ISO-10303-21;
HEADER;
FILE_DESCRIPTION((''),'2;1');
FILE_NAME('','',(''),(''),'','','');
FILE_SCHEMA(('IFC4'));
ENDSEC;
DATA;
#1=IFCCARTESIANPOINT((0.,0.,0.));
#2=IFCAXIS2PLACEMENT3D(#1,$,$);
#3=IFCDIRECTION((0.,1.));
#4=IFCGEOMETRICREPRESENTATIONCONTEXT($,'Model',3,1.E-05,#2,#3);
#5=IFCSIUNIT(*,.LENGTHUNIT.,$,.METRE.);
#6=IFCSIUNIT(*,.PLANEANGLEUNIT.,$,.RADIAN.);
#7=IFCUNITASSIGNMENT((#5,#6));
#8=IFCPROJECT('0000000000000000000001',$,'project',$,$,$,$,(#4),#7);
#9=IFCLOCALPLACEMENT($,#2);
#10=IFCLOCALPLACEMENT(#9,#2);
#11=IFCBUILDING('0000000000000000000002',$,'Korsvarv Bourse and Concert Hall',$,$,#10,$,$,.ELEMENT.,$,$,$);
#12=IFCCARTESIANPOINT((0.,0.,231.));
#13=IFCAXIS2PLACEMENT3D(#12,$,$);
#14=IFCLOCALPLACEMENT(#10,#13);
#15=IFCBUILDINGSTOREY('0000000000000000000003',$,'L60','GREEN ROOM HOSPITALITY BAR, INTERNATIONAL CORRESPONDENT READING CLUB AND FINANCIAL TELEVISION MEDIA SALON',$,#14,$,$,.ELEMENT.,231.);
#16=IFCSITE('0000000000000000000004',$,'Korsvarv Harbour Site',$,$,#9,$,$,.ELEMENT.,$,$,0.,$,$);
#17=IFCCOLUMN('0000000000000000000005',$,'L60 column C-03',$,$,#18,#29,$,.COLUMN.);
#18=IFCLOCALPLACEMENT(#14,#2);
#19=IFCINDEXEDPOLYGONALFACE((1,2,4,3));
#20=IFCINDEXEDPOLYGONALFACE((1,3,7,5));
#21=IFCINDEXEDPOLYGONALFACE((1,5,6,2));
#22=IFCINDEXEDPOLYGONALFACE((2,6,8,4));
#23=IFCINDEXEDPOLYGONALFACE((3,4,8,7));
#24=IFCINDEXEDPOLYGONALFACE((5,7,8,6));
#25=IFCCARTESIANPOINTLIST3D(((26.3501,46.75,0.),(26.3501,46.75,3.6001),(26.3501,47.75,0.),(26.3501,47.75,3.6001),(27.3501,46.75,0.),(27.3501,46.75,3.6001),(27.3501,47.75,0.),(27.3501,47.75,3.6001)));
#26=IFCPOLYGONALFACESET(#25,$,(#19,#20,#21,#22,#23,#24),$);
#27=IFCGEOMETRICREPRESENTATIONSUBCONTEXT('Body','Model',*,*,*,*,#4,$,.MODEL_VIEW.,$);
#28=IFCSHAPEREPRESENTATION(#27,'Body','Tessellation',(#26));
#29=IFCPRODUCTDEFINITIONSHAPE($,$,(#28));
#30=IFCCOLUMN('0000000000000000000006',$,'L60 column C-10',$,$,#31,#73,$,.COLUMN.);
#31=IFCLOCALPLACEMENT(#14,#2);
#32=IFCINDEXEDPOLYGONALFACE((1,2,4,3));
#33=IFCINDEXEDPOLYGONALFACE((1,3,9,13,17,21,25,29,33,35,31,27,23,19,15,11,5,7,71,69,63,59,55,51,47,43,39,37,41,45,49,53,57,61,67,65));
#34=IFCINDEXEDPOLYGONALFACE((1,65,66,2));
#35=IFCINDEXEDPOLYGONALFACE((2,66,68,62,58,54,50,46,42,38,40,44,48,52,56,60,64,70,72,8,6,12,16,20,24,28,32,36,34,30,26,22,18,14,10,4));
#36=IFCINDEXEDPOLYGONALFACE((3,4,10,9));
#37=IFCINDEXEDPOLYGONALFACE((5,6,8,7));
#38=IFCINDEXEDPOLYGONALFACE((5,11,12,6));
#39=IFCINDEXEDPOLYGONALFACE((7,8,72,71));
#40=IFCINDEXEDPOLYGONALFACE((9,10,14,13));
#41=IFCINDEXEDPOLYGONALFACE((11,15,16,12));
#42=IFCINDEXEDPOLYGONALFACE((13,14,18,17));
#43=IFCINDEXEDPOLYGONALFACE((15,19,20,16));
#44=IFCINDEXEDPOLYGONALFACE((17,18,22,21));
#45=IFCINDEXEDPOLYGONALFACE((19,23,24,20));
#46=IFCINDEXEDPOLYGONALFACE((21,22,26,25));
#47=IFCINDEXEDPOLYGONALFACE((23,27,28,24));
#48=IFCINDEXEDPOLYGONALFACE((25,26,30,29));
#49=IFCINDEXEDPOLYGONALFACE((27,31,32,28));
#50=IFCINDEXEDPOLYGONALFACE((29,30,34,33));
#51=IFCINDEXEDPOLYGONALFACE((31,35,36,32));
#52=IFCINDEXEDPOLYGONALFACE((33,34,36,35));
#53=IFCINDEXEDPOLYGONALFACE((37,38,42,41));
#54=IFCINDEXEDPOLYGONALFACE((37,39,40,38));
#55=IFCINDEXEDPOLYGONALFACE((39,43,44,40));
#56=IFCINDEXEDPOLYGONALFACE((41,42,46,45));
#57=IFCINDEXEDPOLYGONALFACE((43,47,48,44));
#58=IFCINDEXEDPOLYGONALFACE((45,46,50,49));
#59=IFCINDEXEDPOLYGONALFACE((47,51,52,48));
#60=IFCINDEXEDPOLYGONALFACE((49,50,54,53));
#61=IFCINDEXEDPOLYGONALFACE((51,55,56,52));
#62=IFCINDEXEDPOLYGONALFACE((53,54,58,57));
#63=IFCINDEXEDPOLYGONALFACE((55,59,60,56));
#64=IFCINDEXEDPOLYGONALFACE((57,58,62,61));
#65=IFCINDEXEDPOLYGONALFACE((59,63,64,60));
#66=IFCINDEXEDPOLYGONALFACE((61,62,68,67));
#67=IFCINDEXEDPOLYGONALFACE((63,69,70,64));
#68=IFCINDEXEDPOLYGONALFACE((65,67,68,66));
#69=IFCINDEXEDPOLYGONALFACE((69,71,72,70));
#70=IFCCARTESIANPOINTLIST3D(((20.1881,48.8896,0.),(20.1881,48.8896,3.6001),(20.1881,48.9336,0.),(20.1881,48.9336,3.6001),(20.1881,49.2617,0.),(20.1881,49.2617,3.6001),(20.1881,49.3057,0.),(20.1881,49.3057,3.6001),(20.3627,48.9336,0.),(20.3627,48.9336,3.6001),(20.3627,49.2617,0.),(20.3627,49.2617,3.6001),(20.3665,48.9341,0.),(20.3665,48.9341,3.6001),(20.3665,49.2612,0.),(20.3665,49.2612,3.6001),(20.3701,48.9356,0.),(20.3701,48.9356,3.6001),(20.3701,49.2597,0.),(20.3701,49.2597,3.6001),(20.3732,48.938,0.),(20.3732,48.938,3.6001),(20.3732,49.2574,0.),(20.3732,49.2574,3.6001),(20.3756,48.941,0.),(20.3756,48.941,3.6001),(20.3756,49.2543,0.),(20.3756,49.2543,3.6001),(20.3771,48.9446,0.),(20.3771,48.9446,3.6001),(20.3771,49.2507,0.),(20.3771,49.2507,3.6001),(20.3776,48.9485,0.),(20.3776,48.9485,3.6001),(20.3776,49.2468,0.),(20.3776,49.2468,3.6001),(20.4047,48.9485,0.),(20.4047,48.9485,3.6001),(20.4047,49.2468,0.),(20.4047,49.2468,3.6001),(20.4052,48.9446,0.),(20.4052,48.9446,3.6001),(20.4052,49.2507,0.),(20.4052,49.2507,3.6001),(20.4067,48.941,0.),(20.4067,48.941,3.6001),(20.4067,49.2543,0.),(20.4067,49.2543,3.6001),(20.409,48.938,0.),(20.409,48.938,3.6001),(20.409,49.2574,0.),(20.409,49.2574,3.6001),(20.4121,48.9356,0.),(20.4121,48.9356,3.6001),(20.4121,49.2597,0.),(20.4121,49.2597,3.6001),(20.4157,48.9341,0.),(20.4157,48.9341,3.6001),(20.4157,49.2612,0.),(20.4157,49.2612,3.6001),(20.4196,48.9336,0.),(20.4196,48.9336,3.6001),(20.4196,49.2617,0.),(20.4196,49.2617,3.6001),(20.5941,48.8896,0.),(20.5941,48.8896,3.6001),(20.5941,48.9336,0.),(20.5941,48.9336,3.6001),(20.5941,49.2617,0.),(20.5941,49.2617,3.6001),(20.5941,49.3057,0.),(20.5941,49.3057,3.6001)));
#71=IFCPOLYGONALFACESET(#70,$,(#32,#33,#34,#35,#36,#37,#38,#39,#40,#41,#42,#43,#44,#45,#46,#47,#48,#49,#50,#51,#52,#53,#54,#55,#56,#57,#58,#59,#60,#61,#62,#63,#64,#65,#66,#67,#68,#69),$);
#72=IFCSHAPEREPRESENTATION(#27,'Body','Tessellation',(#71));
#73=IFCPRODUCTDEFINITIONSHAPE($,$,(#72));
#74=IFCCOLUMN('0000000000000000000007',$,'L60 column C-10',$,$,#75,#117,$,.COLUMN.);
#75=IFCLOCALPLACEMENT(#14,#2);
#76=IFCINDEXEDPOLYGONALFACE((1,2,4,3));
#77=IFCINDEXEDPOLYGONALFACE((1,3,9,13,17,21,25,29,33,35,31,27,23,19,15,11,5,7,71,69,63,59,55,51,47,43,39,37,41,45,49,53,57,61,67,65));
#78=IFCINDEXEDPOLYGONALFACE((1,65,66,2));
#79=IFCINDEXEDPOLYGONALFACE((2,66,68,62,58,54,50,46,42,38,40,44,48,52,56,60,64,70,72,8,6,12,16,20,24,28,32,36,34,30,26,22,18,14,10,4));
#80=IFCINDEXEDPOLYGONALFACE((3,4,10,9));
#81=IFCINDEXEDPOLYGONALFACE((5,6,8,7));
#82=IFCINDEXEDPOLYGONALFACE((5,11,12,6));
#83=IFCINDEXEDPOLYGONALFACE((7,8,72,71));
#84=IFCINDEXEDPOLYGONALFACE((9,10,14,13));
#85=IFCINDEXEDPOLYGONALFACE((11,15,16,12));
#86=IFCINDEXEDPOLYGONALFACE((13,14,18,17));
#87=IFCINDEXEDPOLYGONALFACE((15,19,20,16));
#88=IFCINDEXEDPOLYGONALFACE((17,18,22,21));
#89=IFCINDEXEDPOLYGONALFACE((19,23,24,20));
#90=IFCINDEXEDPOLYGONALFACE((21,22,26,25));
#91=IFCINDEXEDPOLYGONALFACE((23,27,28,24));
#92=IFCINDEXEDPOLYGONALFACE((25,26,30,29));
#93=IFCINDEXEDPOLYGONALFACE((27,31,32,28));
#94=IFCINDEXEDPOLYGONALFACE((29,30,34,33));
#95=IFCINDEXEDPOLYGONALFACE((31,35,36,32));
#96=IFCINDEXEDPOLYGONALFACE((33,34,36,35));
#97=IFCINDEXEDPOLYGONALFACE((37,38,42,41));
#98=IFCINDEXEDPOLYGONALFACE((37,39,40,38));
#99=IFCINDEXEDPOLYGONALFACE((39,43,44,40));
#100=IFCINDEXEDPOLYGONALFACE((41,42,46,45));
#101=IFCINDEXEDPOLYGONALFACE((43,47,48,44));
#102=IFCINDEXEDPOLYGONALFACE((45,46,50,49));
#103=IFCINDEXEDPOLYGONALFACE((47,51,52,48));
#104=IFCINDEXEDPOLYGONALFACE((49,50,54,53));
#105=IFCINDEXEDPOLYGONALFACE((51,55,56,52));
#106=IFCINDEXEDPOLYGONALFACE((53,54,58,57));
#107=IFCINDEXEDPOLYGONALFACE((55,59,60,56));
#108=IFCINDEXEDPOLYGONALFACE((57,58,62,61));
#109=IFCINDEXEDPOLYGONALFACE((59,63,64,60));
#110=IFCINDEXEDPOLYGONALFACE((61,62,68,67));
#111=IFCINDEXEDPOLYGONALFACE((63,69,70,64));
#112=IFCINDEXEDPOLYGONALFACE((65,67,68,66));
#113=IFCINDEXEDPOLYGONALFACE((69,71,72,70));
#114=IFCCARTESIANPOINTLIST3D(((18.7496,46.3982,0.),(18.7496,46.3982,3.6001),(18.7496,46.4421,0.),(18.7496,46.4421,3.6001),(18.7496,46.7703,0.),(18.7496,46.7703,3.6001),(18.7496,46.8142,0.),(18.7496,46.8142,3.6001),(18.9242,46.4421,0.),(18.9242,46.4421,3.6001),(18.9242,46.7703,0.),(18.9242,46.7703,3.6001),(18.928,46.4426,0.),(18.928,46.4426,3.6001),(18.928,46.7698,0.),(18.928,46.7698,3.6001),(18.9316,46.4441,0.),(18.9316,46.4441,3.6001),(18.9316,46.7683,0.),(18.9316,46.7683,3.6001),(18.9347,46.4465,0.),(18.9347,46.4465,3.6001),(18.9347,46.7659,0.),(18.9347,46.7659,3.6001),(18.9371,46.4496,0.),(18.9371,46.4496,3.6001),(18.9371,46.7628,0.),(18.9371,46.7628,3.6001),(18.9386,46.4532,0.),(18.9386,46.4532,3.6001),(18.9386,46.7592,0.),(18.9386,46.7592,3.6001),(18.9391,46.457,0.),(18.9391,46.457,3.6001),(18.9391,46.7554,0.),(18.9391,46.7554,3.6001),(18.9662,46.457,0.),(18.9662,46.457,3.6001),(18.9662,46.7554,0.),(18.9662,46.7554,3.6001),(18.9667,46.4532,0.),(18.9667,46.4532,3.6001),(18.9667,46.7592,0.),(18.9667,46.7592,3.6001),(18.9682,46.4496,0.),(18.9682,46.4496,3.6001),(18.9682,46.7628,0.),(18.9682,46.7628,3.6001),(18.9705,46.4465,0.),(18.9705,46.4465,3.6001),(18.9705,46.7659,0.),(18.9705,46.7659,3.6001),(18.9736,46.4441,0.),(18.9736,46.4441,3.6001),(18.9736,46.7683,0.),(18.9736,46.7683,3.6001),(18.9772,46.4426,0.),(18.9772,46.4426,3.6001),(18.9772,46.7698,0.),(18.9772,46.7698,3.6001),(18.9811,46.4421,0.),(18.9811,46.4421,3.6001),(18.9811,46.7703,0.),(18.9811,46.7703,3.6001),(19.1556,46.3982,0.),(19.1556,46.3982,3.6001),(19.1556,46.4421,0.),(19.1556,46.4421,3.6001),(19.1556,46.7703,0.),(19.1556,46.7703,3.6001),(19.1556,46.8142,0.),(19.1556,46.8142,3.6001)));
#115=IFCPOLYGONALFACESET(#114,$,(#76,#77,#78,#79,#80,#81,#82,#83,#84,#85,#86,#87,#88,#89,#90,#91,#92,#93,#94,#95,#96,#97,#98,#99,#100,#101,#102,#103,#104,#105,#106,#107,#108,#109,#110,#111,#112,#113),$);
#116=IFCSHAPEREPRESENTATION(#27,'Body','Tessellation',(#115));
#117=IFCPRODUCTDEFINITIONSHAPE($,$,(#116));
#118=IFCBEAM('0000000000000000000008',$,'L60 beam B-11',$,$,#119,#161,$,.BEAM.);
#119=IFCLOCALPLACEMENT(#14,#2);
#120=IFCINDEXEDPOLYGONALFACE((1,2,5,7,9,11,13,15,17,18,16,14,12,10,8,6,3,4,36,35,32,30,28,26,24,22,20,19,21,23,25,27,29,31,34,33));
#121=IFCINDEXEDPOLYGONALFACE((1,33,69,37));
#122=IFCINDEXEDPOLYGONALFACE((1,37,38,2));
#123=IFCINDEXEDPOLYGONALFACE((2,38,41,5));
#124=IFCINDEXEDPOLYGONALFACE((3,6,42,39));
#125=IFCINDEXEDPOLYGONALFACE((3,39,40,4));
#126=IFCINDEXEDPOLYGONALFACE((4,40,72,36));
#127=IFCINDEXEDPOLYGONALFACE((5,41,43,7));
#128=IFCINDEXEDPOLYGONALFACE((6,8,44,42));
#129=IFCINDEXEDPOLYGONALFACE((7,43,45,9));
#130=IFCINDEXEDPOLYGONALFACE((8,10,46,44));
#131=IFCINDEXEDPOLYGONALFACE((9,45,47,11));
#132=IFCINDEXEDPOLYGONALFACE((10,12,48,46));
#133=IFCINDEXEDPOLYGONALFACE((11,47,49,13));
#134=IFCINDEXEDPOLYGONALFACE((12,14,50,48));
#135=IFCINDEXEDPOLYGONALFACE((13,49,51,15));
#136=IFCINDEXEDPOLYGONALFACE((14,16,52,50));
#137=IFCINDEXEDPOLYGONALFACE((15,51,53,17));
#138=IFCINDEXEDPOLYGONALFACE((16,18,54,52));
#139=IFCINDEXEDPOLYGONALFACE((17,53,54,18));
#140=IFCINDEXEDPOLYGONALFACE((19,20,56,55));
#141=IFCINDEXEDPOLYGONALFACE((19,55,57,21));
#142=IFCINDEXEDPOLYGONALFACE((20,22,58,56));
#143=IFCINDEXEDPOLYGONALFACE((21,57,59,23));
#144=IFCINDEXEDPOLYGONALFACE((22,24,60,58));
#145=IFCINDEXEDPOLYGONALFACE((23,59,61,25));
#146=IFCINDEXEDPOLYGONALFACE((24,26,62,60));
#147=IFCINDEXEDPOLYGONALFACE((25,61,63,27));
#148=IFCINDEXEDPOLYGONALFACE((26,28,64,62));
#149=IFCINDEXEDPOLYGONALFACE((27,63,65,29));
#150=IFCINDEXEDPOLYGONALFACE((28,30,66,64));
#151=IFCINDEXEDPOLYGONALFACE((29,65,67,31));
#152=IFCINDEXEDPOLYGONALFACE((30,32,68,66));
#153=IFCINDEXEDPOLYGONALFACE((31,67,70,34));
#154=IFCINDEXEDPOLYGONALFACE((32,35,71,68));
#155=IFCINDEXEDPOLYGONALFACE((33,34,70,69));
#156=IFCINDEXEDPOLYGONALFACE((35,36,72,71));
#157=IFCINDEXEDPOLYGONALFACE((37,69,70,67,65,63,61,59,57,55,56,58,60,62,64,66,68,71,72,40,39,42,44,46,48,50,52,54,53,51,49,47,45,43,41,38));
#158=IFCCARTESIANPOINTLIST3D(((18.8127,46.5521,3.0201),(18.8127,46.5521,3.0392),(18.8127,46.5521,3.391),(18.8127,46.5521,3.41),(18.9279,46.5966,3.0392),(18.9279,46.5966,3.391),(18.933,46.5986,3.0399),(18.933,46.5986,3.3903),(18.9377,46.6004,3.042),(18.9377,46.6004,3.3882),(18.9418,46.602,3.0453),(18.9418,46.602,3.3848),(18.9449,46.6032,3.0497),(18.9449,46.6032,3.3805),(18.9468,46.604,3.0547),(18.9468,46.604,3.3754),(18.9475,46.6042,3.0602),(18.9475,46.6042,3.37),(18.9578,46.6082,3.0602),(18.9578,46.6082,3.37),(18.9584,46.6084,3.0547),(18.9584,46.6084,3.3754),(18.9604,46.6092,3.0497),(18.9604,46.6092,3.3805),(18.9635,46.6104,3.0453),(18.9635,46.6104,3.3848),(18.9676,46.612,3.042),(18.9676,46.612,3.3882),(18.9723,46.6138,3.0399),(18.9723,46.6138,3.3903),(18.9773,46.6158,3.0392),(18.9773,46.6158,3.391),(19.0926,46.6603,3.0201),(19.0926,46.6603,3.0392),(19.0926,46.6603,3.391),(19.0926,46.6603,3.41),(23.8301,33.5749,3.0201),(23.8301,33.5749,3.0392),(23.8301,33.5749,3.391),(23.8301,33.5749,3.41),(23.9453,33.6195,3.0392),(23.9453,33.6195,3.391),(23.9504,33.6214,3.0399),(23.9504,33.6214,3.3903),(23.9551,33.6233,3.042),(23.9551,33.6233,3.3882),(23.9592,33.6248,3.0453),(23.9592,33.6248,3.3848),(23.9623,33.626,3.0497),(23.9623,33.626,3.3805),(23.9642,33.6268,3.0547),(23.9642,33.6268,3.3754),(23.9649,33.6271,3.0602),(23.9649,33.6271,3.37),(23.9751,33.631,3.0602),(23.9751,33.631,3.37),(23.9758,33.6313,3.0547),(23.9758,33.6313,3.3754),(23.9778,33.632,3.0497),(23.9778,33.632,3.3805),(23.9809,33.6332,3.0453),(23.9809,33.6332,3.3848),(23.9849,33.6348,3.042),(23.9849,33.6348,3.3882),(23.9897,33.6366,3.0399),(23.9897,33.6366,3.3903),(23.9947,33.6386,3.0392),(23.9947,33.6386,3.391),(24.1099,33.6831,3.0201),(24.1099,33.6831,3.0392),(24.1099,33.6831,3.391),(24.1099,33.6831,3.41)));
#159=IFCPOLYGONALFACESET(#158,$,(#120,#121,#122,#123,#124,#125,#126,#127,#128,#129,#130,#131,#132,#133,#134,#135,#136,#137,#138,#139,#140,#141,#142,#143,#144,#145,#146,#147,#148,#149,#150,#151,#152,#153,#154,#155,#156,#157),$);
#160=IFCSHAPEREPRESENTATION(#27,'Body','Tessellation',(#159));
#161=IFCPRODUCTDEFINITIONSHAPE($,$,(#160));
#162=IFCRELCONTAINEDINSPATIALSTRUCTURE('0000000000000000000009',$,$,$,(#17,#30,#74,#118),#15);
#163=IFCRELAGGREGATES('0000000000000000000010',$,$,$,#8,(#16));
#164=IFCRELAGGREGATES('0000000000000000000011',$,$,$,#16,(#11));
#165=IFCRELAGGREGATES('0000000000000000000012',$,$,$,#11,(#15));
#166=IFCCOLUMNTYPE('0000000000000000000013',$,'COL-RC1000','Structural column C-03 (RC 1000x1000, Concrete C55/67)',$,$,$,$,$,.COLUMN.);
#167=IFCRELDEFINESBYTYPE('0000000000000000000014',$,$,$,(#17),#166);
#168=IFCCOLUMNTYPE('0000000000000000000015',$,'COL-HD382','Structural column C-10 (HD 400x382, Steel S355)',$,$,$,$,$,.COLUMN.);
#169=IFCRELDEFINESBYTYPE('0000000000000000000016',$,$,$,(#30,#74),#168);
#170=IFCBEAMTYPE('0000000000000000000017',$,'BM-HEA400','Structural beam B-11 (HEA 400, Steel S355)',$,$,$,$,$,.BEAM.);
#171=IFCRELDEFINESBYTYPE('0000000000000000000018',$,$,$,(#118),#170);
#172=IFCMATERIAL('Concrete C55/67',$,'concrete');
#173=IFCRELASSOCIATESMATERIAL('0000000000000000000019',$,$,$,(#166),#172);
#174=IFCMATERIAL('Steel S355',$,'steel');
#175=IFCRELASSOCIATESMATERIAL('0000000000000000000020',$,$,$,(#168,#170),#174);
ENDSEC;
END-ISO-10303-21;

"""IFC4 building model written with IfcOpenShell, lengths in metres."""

from ifc_helpers import new_model, si_unit, direction, frame, origin, origin_2d, place, context, subcontext, project, spatial, rectangle, i_section, extrude, source, transform, mapped, material, material_profile, profile_set, type_object, element, save


model = new_model("IFC4")

# Units and contexts
model_context = context("Model", 3, precision=1e-05, world=origin(), true_north=direction((0.0, 1.0)))
body_context = subcontext(model_context, "Body", "Model", "MODEL_VIEW")
ifc_project = project(units=[si_unit("LENGTHUNIT", "METRE"), si_unit("PLANEANGLEUNIT", "RADIAN")], contexts=[model_context])

# Site, building, storey
site_placement = place(None, origin())
site = spatial("IfcSite", under=ifc_project, at=site_placement, Name="Korsvarv Harbour Site", CompositionType="ELEMENT", RefElevation=0.0)
building_placement = place(site_placement, origin())
building = spatial("IfcBuilding", under=site, at=building_placement, Name="Korsvarv Bourse and Concert Hall", CompositionType="ELEMENT")
storey_placement = place(building_placement, frame((0.0, 0.0, 231.0)))
storey = spatial("IfcBuildingStorey", under=building, at=storey_placement, Name="L60", Description="GREEN ROOM HOSPITALITY BAR, INTERNATIONAL CORRESPONDENT READING CLUB AND FINANCIAL TELEVISION MEDIA SALON", CompositionType="ELEMENT", Elevation=231.0)

# Columns
ifc_material_1 = material(Name="Concrete C55/67", Category="concrete")
ifc_material_profile_1 = material_profile(ifc_material_1, rectangle(XDim=1.0, YDim=1.0, at=origin_2d()), Name="RC 1000x1000")
ifc_profile_set_1 = profile_set([ifc_material_profile_1], Name="Concrete C55/67")
column_type_1 = type_object("IfcColumnType", Name="COL-RC1000", Description="Structural column C-03 (RC 1000x1000, Concrete C55/67)", PredefinedType="COLUMN", material=ifc_profile_set_1)
shared_shape_1 = source(origin(), body_context, "Body", "SweptSolid", [
    extrude(rectangle(XDim=1.0, YDim=1.0, at=origin_2d()), origin(), (0.0, 0.0, 1.0), 3.6001),
])
column_placement = place(storey_placement, frame((26.8501, 47.25, 0.0), z_axis=(0.0, 0.0, 1.0), x_axis=(1.0, 0.0, 0.0)))
element("IfcColumn", 1, at=column_placement, inside=storey, type_object=column_type_1, Name="L60 column C-03", PredefinedType="COLUMN", context=body_context, shape_type="MappedRepresentation", body=[
    mapped(shared_shape_1, transform((0.0, 0.0, 0.0), scale=1.0)),
])
ifc_material_2 = material(Name="Steel S355", Category="steel")
ifc_material_profile_2 = material_profile(ifc_material_2, i_section(OverallWidth=0.406, OverallDepth=0.416, WebThickness=0.0271, FlangeThickness=0.0439, FilletRadius=0.0149, at=origin_2d()), Name="HD 400x382")
ifc_profile_set_2 = profile_set([ifc_material_profile_2], Name="Steel S355")
column_type_2 = type_object("IfcColumnType", Name="COL-HD382", Description="Structural column C-10 (HD 400x382, Steel S355)", PredefinedType="COLUMN", material=ifc_profile_set_2)
shared_shape_2 = source(origin(), body_context, "Body", "SweptSolid", [
    extrude(i_section(OverallWidth=0.406, OverallDepth=0.416, WebThickness=0.0271, FlangeThickness=0.0439, FilletRadius=0.0149, at=origin_2d()), origin(), (0.0, 0.0, 1.0), 3.6001),
])
for number, where, z_axis, x_axis, name in (
    (2, (20.3911, 49.0977, 0.0), (0.0, 0.0, 1.0), (1.0, 0.0, 0.0), "L60 column C-10"),
    (3, (18.9526, 46.6062, 0.0), (0.0, 0.0, 1.0), (1.0, 0.0, 0.0), "L60 column C-10"),
):
    element("IfcColumn", number, at=place(storey_placement, frame(where, z_axis=z_axis, x_axis=x_axis)), inside=storey, type_object=column_type_2, Name=name, PredefinedType="COLUMN", context=body_context, shape_type="MappedRepresentation", body=[
        mapped(shared_shape_2, transform((0.0, 0.0, 0.0), scale=1.0)),
    ])

# Beam
ifc_material_profile_3 = material_profile(ifc_material_2, i_section(OverallWidth=0.3, OverallDepth=0.3899, WebThickness=0.011, FlangeThickness=0.019, FilletRadius=0.021, at=origin_2d()), Name="HEA 400")
ifc_profile_set_3 = profile_set([ifc_material_profile_3], Name="Steel S355")
beam_type_1 = type_object("IfcBeamType", Name="BM-HEA400", Description="Structural beam B-11 (HEA 400, Steel S355)", PredefinedType="BEAM", material=ifc_profile_set_3)
shared_shape_3 = source(origin(), body_context, "Body", "SweptSolid", [
    extrude(i_section(OverallWidth=0.3, OverallDepth=0.3899, WebThickness=0.011, FlangeThickness=0.019, FilletRadius=0.021, at=origin_2d()), origin(), (0.0, 0.0, 1.0), 13.9133),
])
beam_1_placement = place(storey_placement, frame((18.9526, 46.6062, 3.2151), z_axis=(0.360616, -0.932714, 0.0), x_axis=(0.932714, 0.360616, 0.0)))
element("IfcBeam", 4, at=beam_1_placement, inside=storey, type_object=beam_type_1, Name="L60 beam B-11", PredefinedType="BEAM", context=body_context, shape_type="MappedRepresentation", body=[
    mapped(shared_shape_3, transform((0.0, 0.0, 0.0), scale=1.0)),
])

save(model, "model.ifc")
